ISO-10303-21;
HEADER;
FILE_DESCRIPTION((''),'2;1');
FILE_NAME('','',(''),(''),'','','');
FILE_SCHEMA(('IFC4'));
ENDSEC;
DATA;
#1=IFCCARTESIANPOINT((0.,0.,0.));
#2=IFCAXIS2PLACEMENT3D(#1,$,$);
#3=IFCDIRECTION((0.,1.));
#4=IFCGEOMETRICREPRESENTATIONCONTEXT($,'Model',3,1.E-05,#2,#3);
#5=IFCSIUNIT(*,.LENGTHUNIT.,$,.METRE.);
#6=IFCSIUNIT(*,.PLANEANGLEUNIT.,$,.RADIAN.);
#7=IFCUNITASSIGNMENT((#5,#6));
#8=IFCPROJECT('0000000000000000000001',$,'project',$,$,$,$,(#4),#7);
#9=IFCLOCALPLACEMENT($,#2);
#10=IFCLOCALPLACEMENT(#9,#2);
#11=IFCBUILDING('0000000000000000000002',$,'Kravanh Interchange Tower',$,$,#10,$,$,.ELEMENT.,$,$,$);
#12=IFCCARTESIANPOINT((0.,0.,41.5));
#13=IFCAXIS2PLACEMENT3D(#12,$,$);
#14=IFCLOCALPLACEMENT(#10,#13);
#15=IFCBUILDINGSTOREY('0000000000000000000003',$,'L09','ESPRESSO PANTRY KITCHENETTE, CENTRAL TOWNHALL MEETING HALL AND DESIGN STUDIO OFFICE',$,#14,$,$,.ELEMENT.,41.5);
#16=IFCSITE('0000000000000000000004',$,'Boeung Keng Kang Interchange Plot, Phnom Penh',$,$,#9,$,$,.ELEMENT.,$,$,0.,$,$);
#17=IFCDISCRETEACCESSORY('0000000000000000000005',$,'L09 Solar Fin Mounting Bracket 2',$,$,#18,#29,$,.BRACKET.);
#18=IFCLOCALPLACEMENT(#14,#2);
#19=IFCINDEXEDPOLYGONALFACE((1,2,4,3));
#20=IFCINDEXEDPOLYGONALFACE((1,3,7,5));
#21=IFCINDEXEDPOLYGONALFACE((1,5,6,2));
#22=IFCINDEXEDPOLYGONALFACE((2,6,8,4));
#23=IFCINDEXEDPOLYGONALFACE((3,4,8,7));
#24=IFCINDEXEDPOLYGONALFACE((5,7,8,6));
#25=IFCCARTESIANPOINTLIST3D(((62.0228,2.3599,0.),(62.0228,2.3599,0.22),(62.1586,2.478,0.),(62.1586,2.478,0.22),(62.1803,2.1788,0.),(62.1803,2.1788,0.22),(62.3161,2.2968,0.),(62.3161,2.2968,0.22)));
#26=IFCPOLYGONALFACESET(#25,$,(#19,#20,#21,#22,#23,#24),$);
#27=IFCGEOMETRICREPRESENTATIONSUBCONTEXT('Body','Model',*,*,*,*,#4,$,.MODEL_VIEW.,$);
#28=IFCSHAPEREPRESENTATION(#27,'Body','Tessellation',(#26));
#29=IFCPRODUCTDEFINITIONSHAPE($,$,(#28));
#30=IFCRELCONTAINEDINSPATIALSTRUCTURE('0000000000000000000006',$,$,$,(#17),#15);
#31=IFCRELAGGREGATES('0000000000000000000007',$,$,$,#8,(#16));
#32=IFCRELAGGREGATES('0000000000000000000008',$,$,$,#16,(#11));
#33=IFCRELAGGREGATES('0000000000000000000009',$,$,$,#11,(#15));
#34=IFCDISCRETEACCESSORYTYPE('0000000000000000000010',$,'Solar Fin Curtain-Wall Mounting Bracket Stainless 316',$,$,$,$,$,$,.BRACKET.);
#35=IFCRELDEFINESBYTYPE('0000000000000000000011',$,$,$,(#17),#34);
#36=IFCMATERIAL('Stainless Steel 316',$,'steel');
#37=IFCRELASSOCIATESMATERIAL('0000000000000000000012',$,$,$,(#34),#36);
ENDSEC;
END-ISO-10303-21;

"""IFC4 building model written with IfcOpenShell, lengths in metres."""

from ifc_helpers import new_model, si_unit, direction, frame, origin, origin_2d, place, context, subcontext, project, spatial, rectangle, extrude, material, type_object, element, save


model = new_model("IFC4")

# Units and contexts
model_context = context("Model", 3, precision=1e-05, world=origin(), true_north=direction((0.0, 1.0)))
body_context = subcontext(model_context, "Body", "Model", "MODEL_VIEW")
ifc_project = project(units=[si_unit("LENGTHUNIT", "METRE"), si_unit("PLANEANGLEUNIT", "RADIAN")], contexts=[model_context])

# Site, building, storey
site_placement = place(None, origin())
site = spatial("IfcSite", under=ifc_project, at=site_placement, Name="Boeung Keng Kang Interchange Plot, Phnom Penh", CompositionType="ELEMENT", RefElevation=0.0)
building_placement = place(site_placement, origin())
building = spatial("IfcBuilding", under=site, at=building_placement, Name="Kravanh Interchange Tower", CompositionType="ELEMENT")
storey_placement = place(building_placement, frame((0.0, 0.0, 41.5)))
storey = spatial("IfcBuildingStorey", under=building, at=storey_placement, Name="L09", Description="ESPRESSO PANTRY KITCHENETTE, CENTRAL TOWNHALL MEETING HALL AND DESIGN STUDIO OFFICE", CompositionType="ELEMENT", Elevation=41.5)

# Discrete accessory
ifc_material_1 = material(Name="Stainless Steel 316", Category="steel")
discrete_accessory_type = type_object("IfcDiscreteAccessoryType", Name="Solar Fin Curtain-Wall Mounting Bracket Stainless 316", PredefinedType="BRACKET", material=ifc_material_1)
discrete_accessory_placement = place(storey_placement, frame((62.1694, 2.3284, 0.0), z_axis=(0.0, 0.0, 1.0), x_axis=(0.656068, -0.754702, 0.0)))
element("IfcDiscreteAccessory", 1, at=discrete_accessory_placement, inside=storey, type_object=discrete_accessory_type, Name="L09 Solar Fin Mounting Bracket 2", PredefinedType="BRACKET", context=body_context, shape_type="SweptSolid", body=[
    extrude(rectangle(XDim=0.24, YDim=0.1799, at=origin_2d()), origin(), (0.0, 0.0, 1.0), 0.22),
])

save(model, "model.ifc")
